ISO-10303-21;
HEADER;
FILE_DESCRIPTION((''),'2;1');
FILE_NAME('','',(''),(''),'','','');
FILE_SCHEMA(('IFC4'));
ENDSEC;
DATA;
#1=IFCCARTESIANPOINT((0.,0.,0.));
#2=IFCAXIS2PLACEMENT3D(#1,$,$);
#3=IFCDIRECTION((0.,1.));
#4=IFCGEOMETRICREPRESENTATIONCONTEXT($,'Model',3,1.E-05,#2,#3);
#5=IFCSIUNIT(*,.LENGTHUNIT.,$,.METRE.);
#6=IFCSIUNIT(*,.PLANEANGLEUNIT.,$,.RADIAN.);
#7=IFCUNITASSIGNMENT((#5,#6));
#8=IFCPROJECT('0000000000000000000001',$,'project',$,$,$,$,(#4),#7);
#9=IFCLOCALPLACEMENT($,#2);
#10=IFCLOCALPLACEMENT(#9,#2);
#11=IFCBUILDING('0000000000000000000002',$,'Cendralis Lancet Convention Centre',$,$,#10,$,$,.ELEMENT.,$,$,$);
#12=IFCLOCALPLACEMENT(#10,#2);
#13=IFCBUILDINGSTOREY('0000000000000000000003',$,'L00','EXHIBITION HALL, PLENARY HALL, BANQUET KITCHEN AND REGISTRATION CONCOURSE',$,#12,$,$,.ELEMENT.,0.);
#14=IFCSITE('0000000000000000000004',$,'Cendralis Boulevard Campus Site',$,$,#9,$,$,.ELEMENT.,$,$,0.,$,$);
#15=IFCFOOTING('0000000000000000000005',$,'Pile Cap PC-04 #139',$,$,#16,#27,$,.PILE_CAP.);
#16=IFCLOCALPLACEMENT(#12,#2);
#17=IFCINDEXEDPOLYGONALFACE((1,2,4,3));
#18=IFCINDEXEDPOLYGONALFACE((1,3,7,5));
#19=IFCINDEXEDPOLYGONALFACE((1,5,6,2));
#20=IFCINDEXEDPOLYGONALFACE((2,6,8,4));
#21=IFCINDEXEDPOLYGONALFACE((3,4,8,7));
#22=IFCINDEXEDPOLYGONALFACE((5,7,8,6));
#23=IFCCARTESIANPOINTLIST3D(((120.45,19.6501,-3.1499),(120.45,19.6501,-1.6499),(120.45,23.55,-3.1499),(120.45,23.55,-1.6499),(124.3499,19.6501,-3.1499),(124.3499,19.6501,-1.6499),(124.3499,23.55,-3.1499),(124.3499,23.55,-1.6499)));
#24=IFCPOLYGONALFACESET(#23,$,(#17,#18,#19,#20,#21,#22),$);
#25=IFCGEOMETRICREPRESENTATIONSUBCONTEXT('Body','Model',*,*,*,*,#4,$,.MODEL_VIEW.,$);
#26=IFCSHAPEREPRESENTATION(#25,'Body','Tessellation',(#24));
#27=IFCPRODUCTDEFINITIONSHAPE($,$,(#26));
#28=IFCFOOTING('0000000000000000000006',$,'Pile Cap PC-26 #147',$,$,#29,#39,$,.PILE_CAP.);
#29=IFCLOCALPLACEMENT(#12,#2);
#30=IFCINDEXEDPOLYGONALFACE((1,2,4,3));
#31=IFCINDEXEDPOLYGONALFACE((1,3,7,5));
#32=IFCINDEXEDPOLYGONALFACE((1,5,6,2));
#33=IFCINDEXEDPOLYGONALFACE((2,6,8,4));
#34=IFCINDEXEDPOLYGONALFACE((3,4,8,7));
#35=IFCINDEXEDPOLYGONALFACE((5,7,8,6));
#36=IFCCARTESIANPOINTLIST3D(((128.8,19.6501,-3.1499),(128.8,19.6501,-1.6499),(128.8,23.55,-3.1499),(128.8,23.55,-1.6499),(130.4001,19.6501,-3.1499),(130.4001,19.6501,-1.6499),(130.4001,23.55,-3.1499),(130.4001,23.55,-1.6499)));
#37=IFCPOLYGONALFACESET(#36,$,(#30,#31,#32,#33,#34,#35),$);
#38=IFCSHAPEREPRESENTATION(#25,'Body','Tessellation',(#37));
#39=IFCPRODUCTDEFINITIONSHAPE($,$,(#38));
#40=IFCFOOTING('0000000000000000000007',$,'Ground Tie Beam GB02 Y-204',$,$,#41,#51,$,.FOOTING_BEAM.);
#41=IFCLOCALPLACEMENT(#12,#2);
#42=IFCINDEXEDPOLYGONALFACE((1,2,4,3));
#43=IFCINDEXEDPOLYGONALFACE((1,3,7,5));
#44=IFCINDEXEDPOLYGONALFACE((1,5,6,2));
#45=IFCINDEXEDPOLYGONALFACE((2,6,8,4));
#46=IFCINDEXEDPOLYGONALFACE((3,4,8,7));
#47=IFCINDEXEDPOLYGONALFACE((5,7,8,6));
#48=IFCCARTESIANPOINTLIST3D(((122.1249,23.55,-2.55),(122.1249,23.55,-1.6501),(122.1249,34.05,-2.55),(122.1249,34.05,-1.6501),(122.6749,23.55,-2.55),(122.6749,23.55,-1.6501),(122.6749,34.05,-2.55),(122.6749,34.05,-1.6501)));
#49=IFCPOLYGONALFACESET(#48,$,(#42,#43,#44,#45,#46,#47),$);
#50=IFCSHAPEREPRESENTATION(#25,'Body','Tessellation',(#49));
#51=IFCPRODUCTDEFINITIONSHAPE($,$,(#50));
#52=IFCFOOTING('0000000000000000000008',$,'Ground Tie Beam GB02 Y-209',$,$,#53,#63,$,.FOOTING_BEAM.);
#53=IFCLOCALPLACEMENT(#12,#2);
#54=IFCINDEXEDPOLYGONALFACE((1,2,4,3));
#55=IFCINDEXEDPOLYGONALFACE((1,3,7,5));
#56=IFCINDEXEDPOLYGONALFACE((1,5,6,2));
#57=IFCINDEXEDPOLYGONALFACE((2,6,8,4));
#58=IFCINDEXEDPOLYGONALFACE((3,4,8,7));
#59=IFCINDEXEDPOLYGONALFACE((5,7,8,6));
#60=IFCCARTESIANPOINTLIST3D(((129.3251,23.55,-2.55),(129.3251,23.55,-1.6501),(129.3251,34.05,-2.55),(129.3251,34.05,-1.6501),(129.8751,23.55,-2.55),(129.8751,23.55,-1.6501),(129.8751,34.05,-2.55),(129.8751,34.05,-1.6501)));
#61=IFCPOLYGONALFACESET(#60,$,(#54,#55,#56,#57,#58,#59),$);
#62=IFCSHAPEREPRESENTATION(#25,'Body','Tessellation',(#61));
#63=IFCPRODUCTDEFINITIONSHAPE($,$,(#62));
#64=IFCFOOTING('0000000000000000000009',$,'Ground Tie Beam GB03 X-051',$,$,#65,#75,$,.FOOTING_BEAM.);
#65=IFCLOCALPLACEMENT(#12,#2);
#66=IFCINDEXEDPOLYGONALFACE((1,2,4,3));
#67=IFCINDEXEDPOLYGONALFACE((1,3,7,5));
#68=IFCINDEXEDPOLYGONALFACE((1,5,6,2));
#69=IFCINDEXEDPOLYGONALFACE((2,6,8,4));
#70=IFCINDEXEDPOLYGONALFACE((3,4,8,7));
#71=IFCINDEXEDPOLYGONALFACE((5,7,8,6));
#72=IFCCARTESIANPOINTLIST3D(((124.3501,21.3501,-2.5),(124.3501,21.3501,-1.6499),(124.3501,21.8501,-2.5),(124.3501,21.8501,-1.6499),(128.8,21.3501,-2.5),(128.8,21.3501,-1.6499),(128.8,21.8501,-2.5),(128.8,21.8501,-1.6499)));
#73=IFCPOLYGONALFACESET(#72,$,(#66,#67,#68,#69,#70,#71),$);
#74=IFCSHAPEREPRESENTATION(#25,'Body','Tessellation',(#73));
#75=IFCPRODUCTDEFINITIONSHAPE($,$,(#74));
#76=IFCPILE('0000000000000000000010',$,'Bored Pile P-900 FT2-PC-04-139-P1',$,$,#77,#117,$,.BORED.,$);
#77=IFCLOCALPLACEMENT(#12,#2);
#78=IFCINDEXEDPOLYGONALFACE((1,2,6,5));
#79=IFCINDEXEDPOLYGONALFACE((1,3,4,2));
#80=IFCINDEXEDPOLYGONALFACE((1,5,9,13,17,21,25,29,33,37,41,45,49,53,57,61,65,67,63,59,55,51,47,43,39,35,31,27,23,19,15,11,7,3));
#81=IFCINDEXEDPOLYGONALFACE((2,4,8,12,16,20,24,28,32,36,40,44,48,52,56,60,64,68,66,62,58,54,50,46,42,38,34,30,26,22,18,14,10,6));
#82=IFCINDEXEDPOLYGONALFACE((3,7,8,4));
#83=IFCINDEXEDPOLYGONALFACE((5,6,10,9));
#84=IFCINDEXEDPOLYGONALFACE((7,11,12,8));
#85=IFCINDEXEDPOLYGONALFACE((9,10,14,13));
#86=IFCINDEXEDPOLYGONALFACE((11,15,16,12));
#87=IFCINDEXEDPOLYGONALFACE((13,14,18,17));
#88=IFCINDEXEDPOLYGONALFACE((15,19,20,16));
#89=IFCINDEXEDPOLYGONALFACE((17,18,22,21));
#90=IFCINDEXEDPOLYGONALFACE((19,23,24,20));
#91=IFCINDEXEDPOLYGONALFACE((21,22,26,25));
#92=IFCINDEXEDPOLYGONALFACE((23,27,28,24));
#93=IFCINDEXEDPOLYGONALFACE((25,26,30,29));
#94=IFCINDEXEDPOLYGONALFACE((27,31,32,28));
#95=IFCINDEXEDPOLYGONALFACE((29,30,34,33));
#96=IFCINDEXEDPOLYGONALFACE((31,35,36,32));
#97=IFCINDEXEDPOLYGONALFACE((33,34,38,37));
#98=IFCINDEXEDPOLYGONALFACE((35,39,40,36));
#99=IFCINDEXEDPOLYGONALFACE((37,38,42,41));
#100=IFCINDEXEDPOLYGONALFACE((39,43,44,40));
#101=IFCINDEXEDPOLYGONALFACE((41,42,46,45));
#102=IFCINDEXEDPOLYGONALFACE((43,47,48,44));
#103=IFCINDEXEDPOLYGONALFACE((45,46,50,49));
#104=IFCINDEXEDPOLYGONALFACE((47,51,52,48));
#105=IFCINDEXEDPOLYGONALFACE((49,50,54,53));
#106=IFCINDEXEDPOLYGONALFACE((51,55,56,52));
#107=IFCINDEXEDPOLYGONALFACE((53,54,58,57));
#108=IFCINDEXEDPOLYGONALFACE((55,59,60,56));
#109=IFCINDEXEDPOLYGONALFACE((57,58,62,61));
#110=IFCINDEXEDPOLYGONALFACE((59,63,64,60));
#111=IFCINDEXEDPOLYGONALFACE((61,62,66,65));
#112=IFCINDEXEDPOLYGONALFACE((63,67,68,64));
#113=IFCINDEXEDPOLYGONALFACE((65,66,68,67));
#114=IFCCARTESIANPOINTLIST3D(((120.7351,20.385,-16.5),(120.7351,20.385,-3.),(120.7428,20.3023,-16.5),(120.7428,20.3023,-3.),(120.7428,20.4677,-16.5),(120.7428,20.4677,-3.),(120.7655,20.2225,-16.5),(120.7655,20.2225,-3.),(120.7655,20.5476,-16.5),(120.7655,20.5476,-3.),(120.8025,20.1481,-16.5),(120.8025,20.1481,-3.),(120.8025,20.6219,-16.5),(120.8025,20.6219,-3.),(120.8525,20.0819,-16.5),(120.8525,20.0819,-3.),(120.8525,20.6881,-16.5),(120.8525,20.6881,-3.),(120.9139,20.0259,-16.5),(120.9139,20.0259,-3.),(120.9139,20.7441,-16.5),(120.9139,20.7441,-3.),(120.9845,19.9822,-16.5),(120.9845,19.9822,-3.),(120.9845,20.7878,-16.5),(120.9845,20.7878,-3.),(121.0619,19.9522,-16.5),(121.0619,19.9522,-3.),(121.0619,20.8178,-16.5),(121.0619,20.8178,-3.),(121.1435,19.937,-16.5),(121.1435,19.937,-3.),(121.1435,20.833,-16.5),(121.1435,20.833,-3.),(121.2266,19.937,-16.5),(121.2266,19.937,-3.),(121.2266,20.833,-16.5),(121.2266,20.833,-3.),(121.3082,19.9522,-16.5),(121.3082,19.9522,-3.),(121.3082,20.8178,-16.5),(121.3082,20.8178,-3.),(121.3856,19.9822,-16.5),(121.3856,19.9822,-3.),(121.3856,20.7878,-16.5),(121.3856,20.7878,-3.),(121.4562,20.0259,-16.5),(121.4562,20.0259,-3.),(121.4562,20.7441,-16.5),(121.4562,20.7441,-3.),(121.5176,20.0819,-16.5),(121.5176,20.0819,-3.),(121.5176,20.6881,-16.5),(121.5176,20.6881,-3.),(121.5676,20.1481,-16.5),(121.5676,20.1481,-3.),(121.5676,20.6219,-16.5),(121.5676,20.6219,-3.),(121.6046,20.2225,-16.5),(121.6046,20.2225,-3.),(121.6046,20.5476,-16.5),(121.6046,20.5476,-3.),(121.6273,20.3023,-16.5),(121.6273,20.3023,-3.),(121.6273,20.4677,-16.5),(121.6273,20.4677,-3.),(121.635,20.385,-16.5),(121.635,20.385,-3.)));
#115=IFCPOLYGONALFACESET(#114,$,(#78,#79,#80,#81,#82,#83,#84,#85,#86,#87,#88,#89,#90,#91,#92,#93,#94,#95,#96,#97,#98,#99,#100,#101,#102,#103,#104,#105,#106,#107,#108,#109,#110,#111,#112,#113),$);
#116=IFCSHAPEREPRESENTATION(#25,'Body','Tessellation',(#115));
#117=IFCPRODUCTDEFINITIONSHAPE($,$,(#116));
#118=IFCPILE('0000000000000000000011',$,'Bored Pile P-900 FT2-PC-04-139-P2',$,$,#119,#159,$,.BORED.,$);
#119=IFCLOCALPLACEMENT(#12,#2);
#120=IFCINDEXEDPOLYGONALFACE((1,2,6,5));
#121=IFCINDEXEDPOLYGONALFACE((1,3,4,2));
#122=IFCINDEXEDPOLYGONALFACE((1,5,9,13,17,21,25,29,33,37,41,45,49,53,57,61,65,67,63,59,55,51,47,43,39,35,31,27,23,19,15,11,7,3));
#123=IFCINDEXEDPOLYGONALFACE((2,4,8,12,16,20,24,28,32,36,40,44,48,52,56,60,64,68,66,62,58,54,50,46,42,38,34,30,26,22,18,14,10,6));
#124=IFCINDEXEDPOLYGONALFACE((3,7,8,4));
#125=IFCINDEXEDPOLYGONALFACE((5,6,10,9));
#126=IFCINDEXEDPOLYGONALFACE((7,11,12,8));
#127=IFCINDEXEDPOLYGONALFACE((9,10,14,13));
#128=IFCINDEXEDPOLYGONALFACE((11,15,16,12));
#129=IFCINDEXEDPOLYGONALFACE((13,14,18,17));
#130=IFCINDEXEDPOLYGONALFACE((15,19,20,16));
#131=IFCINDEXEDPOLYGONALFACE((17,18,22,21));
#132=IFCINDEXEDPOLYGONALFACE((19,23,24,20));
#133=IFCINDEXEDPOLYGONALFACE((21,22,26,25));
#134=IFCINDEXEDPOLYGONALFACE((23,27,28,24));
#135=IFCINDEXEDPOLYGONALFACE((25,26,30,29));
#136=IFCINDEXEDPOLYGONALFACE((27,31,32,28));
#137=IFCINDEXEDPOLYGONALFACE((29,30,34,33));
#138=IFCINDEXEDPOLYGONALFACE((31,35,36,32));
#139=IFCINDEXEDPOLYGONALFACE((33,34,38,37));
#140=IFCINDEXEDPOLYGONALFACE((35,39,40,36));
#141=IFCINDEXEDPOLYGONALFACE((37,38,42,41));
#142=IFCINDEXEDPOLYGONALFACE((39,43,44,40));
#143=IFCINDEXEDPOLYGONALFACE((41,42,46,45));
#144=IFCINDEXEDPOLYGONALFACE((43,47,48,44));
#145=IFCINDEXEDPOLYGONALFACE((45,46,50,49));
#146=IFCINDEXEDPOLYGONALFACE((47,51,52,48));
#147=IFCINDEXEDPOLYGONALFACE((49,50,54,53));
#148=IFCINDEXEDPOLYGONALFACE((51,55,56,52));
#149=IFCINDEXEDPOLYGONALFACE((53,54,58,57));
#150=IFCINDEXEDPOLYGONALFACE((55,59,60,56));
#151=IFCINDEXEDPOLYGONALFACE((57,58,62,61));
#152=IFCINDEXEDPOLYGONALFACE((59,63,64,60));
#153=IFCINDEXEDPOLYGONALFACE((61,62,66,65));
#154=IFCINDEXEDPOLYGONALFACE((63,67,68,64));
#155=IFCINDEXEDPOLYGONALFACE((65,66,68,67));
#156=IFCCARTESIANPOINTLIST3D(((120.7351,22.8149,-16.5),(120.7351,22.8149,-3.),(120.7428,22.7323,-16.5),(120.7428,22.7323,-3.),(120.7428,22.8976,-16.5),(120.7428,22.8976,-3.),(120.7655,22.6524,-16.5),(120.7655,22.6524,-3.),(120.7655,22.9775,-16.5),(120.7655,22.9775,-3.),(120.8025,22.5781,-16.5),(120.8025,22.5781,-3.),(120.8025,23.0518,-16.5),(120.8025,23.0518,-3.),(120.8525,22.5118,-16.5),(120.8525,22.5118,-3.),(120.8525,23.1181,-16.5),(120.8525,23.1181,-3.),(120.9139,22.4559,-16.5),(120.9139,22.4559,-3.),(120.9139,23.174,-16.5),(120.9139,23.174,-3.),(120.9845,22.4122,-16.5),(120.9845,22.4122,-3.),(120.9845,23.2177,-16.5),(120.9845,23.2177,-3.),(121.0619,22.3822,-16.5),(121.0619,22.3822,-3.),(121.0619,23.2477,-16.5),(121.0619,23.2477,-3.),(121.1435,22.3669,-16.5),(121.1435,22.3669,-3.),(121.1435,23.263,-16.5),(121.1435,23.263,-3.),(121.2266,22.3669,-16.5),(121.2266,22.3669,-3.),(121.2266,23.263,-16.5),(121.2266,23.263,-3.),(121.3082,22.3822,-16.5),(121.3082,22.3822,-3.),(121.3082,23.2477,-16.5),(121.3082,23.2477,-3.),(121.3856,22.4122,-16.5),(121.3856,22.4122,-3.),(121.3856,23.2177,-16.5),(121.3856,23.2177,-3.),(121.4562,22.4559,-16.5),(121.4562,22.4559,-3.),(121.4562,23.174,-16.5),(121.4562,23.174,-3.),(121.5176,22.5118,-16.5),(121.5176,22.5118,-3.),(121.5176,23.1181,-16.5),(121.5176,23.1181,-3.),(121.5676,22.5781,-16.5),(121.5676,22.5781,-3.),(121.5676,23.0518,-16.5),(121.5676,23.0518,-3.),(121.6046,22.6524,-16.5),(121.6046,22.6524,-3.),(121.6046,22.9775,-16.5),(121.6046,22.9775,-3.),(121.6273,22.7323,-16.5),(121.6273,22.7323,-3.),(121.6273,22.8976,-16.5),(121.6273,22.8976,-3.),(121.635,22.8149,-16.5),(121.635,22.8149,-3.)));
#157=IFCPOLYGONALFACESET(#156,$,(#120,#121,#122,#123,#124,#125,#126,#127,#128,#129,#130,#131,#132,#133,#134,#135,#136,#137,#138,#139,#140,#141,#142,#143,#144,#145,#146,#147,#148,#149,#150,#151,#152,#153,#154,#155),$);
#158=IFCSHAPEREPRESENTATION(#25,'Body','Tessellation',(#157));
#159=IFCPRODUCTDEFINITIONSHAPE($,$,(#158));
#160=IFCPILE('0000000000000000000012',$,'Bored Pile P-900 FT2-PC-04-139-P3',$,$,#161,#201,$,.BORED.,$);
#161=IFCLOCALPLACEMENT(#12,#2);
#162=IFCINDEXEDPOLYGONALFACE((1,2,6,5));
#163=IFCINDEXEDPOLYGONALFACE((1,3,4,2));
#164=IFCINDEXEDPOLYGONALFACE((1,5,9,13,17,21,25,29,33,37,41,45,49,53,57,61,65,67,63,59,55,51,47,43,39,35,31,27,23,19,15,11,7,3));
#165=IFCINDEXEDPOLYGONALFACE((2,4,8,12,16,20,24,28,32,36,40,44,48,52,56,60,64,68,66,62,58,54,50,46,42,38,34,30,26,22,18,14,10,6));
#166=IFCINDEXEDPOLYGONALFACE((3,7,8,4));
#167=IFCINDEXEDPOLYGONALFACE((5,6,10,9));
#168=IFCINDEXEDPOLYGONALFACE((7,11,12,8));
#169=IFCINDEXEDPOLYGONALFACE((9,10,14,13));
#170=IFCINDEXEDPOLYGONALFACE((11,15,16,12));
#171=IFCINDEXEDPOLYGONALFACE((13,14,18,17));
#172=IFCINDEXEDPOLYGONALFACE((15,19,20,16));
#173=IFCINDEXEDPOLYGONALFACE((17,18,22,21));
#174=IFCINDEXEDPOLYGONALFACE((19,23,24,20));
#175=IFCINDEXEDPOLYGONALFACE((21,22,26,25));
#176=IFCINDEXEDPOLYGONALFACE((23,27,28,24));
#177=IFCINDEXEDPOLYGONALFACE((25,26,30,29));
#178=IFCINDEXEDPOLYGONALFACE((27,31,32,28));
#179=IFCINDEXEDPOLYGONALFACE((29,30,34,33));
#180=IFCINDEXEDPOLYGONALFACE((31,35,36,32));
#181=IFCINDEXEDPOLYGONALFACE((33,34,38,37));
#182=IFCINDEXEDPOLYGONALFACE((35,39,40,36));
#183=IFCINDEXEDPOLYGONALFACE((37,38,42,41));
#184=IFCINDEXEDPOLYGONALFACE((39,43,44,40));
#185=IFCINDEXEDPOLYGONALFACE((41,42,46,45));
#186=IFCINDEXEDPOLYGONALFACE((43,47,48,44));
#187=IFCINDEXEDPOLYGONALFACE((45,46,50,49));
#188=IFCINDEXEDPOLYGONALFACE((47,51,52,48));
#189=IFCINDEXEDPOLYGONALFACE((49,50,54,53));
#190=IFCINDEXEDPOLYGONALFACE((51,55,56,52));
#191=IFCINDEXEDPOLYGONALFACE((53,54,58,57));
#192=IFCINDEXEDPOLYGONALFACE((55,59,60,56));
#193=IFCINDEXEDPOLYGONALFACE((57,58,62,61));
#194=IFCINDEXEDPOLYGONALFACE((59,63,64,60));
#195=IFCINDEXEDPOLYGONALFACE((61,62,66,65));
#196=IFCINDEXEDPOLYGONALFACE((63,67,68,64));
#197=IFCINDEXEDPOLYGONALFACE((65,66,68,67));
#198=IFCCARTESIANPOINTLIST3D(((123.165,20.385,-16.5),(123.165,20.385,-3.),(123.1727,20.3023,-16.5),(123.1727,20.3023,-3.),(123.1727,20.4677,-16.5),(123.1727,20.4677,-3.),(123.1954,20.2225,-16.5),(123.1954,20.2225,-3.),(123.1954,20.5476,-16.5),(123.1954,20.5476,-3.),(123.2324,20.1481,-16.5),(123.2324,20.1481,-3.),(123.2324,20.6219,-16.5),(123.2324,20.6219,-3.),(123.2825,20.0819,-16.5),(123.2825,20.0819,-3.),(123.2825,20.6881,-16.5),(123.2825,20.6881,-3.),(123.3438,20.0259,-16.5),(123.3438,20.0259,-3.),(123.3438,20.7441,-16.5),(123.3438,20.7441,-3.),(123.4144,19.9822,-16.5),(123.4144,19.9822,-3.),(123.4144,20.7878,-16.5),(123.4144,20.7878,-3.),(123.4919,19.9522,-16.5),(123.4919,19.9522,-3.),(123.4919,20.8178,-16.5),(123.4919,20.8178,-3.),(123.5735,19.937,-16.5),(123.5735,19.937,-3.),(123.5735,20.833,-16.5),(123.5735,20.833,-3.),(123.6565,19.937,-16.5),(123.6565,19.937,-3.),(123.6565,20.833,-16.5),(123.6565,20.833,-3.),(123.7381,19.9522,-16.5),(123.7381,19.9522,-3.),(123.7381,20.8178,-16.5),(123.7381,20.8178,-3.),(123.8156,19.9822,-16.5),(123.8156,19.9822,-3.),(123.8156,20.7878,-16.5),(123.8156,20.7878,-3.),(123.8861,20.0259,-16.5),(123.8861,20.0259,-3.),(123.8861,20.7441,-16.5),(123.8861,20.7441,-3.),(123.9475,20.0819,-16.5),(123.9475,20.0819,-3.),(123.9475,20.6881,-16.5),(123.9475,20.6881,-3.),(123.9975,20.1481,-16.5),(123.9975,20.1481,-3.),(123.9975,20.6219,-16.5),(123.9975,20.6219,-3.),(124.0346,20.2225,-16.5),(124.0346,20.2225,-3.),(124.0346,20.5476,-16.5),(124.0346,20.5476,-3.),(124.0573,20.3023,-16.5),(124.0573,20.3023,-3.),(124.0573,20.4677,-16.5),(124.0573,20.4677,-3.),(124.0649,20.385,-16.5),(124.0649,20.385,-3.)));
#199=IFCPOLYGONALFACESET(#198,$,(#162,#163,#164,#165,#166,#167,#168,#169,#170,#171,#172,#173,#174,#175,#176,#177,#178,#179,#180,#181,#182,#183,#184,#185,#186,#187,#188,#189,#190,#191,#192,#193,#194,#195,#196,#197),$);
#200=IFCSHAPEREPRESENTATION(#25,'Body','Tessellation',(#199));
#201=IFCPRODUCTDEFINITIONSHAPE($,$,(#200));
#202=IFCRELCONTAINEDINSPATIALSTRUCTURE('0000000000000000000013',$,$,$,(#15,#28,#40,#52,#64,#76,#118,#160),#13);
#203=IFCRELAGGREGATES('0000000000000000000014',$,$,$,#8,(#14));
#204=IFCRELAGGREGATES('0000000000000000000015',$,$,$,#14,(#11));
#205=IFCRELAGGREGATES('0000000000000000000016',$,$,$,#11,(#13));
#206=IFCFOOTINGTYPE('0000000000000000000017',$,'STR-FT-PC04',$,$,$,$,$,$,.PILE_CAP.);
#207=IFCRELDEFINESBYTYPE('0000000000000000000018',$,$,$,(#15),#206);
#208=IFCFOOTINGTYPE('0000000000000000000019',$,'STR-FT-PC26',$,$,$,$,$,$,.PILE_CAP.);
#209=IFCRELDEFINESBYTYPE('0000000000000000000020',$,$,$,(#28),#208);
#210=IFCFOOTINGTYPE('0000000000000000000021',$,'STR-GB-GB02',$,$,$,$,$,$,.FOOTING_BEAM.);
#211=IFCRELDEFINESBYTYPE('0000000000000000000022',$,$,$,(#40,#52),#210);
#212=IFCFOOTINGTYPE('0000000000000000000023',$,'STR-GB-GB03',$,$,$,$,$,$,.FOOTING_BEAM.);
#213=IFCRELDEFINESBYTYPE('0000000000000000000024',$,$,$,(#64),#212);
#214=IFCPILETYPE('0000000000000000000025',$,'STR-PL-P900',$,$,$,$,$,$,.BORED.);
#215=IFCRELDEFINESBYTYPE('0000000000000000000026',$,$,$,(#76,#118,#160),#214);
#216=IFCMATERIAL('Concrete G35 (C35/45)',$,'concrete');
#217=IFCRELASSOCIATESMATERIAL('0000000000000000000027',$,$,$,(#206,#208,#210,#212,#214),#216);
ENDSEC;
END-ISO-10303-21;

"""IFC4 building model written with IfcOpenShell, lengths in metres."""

from ifc_helpers import new_model, si_unit, direction, frame, origin, origin_2d, place, context, subcontext, project, spatial, rectangle, circle, extrude, material, material_profile, profile_set, type_object, element, save


model = new_model("IFC4")

# Units and contexts
model_context = context("Model", 3, precision=1e-05, world=origin(), true_north=direction((0.0, 1.0)))
body_context = subcontext(model_context, "Body", "Model", "MODEL_VIEW")
ifc_project = project(units=[si_unit("LENGTHUNIT", "METRE"), si_unit("PLANEANGLEUNIT", "RADIAN")], contexts=[model_context])

# Site, building, storey
site_placement = place(None, origin())
site = spatial("IfcSite", under=ifc_project, at=site_placement, Name="Cendralis Boulevard Campus Site", CompositionType="ELEMENT", RefElevation=0.0)
building_placement = place(site_placement, origin())
building = spatial("IfcBuilding", under=site, at=building_placement, Name="Cendralis Lancet Convention Centre", CompositionType="ELEMENT")
storey_placement = place(building_placement, origin())
storey = spatial("IfcBuildingStorey", under=building, at=storey_placement, Name="L00", Description="EXHIBITION HALL, PLENARY HALL, BANQUET KITCHEN AND REGISTRATION CONCOURSE", CompositionType="ELEMENT", Elevation=0.0)

# Footings
ifc_material_1 = material(Name="Concrete G35 (C35/45)", Category="concrete")
footing_type_1 = type_object("IfcFootingType", Name="STR-FT-PC04", PredefinedType="PILE_CAP", material=ifc_material_1)
footing_1_placement = place(storey_placement, frame((122.3999, 21.6001, -3.1499), z_axis=(0.0, 0.0, 1.0), x_axis=(1.0, 0.0, 0.0)))
element("IfcFooting", 1, at=footing_1_placement, inside=storey, type_object=footing_type_1, Name="Pile Cap PC-04 #139", PredefinedType="PILE_CAP", context=body_context, shape_type="SweptSolid", body=[
    extrude(rectangle(XDim=3.8999, YDim=3.8999, at=origin_2d()), origin(), (0.0, 0.0, 1.0), 1.5),
])
footing_type_2 = type_object("IfcFootingType", Name="STR-FT-PC26", PredefinedType="PILE_CAP", material=ifc_material_1)
footing_2_placement = place(storey_placement, frame((129.6001, 21.6001, -3.1499), z_axis=(0.0, 0.0, 1.0), x_axis=(1.0, 0.0, 0.0)))
element("IfcFooting", 2, at=footing_2_placement, inside=storey, type_object=footing_type_2, Name="Pile Cap PC-26 #147", PredefinedType="PILE_CAP", context=body_context, shape_type="SweptSolid", body=[
    extrude(rectangle(XDim=1.6001, YDim=3.8999, at=origin_2d()), origin(), (0.0, 0.0, 1.0), 1.5),
])
ifc_material_profile_1 = material_profile(ifc_material_1, rectangle(XDim=0.55, YDim=0.8999, at=origin_2d()), Name="RCB 550x900")
ifc_profile_set_1 = profile_set([ifc_material_profile_1], Name="Concrete G35 (C35/45)")
footing_type_3 = type_object("IfcFootingType", Name="STR-GB-GB02", PredefinedType="FOOTING_BEAM", material=ifc_profile_set_1)
for number, where, z_axis, x_axis, name in (
    (3, (122.3999, 23.55, -2.1001), (0.0, 1.0, 0.0), (-1.0, 0.0, 0.0), "Ground Tie Beam GB02 Y-204"),
    (4, (129.6001, 23.55, -2.1001), (0.0, 1.0, 0.0), (-1.0, 0.0, 0.0), "Ground Tie Beam GB02 Y-209"),
):
    element("IfcFooting", number, at=place(storey_placement, frame(where, z_axis=z_axis, x_axis=x_axis)), inside=storey, type_object=footing_type_3, Name=name, PredefinedType="FOOTING_BEAM", context=body_context, shape_type="SweptSolid", body=[
        extrude(rectangle(XDim=0.55, YDim=0.8999, at=origin_2d()), origin(), (0.0, 0.0, 1.0), 10.5),
    ])
ifc_material_profile_2 = material_profile(ifc_material_1, rectangle(XDim=0.5, YDim=0.8501, at=origin_2d()), Name="RCB 500x850")
ifc_profile_set_2 = profile_set([ifc_material_profile_2], Name="Concrete G35 (C35/45)")
footing_type_4 = type_object("IfcFootingType", Name="STR-GB-GB03", PredefinedType="FOOTING_BEAM", material=ifc_profile_set_2)
footing_3_placement = place(storey_placement, frame((124.3501, 21.6001, -2.075), z_axis=(1.0, 0.0, 0.0), x_axis=(0.0, 1.0, 0.0)))
element("IfcFooting", 5, at=footing_3_placement, inside=storey, type_object=footing_type_4, Name="Ground Tie Beam GB03 X-051", PredefinedType="FOOTING_BEAM", context=body_context, shape_type="SweptSolid", body=[
    extrude(rectangle(XDim=0.5, YDim=0.8501, at=origin_2d()), origin(), (0.0, 0.0, 1.0), 4.45),
])

# Piles
ifc_material_profile_3 = material_profile(ifc_material_1, circle(Radius=0.45, at=origin_2d()), Name="BORED PILE D900")
ifc_profile_set_3 = profile_set([ifc_material_profile_3], Name="Concrete G35 (C35/45)")
pile_type = type_object("IfcPileType", Name="STR-PL-P900", PredefinedType="BORED", material=ifc_profile_set_3)
for number, where, z_axis, x_axis, name in (
    (6, (121.1851, 20.385, -3.0), (0.0, 0.0, -1.0), (1.0, 0.0, 0.0), "Bored Pile P-900 FT2-PC-04-139-P1"),
    (7, (121.1851, 22.8149, -3.0), (0.0, 0.0, -1.0), (1.0, 0.0, 0.0), "Bored Pile P-900 FT2-PC-04-139-P2"),
    (8, (123.615, 20.385, -3.0), (0.0, 0.0, -1.0), (1.0, 0.0, 0.0), "Bored Pile P-900 FT2-PC-04-139-P3"),
):
    element("IfcPile", number, at=place(storey_placement, frame(where, z_axis=z_axis, x_axis=x_axis)), inside=storey, type_object=pile_type, Name=name, PredefinedType="BORED", context=body_context, shape_type="SweptSolid", body=[
        extrude(circle(Radius=0.45, at=origin_2d()), origin(), (0.0, 0.0, 1.0), 13.5),
    ])

save(model, "model.ifc")
